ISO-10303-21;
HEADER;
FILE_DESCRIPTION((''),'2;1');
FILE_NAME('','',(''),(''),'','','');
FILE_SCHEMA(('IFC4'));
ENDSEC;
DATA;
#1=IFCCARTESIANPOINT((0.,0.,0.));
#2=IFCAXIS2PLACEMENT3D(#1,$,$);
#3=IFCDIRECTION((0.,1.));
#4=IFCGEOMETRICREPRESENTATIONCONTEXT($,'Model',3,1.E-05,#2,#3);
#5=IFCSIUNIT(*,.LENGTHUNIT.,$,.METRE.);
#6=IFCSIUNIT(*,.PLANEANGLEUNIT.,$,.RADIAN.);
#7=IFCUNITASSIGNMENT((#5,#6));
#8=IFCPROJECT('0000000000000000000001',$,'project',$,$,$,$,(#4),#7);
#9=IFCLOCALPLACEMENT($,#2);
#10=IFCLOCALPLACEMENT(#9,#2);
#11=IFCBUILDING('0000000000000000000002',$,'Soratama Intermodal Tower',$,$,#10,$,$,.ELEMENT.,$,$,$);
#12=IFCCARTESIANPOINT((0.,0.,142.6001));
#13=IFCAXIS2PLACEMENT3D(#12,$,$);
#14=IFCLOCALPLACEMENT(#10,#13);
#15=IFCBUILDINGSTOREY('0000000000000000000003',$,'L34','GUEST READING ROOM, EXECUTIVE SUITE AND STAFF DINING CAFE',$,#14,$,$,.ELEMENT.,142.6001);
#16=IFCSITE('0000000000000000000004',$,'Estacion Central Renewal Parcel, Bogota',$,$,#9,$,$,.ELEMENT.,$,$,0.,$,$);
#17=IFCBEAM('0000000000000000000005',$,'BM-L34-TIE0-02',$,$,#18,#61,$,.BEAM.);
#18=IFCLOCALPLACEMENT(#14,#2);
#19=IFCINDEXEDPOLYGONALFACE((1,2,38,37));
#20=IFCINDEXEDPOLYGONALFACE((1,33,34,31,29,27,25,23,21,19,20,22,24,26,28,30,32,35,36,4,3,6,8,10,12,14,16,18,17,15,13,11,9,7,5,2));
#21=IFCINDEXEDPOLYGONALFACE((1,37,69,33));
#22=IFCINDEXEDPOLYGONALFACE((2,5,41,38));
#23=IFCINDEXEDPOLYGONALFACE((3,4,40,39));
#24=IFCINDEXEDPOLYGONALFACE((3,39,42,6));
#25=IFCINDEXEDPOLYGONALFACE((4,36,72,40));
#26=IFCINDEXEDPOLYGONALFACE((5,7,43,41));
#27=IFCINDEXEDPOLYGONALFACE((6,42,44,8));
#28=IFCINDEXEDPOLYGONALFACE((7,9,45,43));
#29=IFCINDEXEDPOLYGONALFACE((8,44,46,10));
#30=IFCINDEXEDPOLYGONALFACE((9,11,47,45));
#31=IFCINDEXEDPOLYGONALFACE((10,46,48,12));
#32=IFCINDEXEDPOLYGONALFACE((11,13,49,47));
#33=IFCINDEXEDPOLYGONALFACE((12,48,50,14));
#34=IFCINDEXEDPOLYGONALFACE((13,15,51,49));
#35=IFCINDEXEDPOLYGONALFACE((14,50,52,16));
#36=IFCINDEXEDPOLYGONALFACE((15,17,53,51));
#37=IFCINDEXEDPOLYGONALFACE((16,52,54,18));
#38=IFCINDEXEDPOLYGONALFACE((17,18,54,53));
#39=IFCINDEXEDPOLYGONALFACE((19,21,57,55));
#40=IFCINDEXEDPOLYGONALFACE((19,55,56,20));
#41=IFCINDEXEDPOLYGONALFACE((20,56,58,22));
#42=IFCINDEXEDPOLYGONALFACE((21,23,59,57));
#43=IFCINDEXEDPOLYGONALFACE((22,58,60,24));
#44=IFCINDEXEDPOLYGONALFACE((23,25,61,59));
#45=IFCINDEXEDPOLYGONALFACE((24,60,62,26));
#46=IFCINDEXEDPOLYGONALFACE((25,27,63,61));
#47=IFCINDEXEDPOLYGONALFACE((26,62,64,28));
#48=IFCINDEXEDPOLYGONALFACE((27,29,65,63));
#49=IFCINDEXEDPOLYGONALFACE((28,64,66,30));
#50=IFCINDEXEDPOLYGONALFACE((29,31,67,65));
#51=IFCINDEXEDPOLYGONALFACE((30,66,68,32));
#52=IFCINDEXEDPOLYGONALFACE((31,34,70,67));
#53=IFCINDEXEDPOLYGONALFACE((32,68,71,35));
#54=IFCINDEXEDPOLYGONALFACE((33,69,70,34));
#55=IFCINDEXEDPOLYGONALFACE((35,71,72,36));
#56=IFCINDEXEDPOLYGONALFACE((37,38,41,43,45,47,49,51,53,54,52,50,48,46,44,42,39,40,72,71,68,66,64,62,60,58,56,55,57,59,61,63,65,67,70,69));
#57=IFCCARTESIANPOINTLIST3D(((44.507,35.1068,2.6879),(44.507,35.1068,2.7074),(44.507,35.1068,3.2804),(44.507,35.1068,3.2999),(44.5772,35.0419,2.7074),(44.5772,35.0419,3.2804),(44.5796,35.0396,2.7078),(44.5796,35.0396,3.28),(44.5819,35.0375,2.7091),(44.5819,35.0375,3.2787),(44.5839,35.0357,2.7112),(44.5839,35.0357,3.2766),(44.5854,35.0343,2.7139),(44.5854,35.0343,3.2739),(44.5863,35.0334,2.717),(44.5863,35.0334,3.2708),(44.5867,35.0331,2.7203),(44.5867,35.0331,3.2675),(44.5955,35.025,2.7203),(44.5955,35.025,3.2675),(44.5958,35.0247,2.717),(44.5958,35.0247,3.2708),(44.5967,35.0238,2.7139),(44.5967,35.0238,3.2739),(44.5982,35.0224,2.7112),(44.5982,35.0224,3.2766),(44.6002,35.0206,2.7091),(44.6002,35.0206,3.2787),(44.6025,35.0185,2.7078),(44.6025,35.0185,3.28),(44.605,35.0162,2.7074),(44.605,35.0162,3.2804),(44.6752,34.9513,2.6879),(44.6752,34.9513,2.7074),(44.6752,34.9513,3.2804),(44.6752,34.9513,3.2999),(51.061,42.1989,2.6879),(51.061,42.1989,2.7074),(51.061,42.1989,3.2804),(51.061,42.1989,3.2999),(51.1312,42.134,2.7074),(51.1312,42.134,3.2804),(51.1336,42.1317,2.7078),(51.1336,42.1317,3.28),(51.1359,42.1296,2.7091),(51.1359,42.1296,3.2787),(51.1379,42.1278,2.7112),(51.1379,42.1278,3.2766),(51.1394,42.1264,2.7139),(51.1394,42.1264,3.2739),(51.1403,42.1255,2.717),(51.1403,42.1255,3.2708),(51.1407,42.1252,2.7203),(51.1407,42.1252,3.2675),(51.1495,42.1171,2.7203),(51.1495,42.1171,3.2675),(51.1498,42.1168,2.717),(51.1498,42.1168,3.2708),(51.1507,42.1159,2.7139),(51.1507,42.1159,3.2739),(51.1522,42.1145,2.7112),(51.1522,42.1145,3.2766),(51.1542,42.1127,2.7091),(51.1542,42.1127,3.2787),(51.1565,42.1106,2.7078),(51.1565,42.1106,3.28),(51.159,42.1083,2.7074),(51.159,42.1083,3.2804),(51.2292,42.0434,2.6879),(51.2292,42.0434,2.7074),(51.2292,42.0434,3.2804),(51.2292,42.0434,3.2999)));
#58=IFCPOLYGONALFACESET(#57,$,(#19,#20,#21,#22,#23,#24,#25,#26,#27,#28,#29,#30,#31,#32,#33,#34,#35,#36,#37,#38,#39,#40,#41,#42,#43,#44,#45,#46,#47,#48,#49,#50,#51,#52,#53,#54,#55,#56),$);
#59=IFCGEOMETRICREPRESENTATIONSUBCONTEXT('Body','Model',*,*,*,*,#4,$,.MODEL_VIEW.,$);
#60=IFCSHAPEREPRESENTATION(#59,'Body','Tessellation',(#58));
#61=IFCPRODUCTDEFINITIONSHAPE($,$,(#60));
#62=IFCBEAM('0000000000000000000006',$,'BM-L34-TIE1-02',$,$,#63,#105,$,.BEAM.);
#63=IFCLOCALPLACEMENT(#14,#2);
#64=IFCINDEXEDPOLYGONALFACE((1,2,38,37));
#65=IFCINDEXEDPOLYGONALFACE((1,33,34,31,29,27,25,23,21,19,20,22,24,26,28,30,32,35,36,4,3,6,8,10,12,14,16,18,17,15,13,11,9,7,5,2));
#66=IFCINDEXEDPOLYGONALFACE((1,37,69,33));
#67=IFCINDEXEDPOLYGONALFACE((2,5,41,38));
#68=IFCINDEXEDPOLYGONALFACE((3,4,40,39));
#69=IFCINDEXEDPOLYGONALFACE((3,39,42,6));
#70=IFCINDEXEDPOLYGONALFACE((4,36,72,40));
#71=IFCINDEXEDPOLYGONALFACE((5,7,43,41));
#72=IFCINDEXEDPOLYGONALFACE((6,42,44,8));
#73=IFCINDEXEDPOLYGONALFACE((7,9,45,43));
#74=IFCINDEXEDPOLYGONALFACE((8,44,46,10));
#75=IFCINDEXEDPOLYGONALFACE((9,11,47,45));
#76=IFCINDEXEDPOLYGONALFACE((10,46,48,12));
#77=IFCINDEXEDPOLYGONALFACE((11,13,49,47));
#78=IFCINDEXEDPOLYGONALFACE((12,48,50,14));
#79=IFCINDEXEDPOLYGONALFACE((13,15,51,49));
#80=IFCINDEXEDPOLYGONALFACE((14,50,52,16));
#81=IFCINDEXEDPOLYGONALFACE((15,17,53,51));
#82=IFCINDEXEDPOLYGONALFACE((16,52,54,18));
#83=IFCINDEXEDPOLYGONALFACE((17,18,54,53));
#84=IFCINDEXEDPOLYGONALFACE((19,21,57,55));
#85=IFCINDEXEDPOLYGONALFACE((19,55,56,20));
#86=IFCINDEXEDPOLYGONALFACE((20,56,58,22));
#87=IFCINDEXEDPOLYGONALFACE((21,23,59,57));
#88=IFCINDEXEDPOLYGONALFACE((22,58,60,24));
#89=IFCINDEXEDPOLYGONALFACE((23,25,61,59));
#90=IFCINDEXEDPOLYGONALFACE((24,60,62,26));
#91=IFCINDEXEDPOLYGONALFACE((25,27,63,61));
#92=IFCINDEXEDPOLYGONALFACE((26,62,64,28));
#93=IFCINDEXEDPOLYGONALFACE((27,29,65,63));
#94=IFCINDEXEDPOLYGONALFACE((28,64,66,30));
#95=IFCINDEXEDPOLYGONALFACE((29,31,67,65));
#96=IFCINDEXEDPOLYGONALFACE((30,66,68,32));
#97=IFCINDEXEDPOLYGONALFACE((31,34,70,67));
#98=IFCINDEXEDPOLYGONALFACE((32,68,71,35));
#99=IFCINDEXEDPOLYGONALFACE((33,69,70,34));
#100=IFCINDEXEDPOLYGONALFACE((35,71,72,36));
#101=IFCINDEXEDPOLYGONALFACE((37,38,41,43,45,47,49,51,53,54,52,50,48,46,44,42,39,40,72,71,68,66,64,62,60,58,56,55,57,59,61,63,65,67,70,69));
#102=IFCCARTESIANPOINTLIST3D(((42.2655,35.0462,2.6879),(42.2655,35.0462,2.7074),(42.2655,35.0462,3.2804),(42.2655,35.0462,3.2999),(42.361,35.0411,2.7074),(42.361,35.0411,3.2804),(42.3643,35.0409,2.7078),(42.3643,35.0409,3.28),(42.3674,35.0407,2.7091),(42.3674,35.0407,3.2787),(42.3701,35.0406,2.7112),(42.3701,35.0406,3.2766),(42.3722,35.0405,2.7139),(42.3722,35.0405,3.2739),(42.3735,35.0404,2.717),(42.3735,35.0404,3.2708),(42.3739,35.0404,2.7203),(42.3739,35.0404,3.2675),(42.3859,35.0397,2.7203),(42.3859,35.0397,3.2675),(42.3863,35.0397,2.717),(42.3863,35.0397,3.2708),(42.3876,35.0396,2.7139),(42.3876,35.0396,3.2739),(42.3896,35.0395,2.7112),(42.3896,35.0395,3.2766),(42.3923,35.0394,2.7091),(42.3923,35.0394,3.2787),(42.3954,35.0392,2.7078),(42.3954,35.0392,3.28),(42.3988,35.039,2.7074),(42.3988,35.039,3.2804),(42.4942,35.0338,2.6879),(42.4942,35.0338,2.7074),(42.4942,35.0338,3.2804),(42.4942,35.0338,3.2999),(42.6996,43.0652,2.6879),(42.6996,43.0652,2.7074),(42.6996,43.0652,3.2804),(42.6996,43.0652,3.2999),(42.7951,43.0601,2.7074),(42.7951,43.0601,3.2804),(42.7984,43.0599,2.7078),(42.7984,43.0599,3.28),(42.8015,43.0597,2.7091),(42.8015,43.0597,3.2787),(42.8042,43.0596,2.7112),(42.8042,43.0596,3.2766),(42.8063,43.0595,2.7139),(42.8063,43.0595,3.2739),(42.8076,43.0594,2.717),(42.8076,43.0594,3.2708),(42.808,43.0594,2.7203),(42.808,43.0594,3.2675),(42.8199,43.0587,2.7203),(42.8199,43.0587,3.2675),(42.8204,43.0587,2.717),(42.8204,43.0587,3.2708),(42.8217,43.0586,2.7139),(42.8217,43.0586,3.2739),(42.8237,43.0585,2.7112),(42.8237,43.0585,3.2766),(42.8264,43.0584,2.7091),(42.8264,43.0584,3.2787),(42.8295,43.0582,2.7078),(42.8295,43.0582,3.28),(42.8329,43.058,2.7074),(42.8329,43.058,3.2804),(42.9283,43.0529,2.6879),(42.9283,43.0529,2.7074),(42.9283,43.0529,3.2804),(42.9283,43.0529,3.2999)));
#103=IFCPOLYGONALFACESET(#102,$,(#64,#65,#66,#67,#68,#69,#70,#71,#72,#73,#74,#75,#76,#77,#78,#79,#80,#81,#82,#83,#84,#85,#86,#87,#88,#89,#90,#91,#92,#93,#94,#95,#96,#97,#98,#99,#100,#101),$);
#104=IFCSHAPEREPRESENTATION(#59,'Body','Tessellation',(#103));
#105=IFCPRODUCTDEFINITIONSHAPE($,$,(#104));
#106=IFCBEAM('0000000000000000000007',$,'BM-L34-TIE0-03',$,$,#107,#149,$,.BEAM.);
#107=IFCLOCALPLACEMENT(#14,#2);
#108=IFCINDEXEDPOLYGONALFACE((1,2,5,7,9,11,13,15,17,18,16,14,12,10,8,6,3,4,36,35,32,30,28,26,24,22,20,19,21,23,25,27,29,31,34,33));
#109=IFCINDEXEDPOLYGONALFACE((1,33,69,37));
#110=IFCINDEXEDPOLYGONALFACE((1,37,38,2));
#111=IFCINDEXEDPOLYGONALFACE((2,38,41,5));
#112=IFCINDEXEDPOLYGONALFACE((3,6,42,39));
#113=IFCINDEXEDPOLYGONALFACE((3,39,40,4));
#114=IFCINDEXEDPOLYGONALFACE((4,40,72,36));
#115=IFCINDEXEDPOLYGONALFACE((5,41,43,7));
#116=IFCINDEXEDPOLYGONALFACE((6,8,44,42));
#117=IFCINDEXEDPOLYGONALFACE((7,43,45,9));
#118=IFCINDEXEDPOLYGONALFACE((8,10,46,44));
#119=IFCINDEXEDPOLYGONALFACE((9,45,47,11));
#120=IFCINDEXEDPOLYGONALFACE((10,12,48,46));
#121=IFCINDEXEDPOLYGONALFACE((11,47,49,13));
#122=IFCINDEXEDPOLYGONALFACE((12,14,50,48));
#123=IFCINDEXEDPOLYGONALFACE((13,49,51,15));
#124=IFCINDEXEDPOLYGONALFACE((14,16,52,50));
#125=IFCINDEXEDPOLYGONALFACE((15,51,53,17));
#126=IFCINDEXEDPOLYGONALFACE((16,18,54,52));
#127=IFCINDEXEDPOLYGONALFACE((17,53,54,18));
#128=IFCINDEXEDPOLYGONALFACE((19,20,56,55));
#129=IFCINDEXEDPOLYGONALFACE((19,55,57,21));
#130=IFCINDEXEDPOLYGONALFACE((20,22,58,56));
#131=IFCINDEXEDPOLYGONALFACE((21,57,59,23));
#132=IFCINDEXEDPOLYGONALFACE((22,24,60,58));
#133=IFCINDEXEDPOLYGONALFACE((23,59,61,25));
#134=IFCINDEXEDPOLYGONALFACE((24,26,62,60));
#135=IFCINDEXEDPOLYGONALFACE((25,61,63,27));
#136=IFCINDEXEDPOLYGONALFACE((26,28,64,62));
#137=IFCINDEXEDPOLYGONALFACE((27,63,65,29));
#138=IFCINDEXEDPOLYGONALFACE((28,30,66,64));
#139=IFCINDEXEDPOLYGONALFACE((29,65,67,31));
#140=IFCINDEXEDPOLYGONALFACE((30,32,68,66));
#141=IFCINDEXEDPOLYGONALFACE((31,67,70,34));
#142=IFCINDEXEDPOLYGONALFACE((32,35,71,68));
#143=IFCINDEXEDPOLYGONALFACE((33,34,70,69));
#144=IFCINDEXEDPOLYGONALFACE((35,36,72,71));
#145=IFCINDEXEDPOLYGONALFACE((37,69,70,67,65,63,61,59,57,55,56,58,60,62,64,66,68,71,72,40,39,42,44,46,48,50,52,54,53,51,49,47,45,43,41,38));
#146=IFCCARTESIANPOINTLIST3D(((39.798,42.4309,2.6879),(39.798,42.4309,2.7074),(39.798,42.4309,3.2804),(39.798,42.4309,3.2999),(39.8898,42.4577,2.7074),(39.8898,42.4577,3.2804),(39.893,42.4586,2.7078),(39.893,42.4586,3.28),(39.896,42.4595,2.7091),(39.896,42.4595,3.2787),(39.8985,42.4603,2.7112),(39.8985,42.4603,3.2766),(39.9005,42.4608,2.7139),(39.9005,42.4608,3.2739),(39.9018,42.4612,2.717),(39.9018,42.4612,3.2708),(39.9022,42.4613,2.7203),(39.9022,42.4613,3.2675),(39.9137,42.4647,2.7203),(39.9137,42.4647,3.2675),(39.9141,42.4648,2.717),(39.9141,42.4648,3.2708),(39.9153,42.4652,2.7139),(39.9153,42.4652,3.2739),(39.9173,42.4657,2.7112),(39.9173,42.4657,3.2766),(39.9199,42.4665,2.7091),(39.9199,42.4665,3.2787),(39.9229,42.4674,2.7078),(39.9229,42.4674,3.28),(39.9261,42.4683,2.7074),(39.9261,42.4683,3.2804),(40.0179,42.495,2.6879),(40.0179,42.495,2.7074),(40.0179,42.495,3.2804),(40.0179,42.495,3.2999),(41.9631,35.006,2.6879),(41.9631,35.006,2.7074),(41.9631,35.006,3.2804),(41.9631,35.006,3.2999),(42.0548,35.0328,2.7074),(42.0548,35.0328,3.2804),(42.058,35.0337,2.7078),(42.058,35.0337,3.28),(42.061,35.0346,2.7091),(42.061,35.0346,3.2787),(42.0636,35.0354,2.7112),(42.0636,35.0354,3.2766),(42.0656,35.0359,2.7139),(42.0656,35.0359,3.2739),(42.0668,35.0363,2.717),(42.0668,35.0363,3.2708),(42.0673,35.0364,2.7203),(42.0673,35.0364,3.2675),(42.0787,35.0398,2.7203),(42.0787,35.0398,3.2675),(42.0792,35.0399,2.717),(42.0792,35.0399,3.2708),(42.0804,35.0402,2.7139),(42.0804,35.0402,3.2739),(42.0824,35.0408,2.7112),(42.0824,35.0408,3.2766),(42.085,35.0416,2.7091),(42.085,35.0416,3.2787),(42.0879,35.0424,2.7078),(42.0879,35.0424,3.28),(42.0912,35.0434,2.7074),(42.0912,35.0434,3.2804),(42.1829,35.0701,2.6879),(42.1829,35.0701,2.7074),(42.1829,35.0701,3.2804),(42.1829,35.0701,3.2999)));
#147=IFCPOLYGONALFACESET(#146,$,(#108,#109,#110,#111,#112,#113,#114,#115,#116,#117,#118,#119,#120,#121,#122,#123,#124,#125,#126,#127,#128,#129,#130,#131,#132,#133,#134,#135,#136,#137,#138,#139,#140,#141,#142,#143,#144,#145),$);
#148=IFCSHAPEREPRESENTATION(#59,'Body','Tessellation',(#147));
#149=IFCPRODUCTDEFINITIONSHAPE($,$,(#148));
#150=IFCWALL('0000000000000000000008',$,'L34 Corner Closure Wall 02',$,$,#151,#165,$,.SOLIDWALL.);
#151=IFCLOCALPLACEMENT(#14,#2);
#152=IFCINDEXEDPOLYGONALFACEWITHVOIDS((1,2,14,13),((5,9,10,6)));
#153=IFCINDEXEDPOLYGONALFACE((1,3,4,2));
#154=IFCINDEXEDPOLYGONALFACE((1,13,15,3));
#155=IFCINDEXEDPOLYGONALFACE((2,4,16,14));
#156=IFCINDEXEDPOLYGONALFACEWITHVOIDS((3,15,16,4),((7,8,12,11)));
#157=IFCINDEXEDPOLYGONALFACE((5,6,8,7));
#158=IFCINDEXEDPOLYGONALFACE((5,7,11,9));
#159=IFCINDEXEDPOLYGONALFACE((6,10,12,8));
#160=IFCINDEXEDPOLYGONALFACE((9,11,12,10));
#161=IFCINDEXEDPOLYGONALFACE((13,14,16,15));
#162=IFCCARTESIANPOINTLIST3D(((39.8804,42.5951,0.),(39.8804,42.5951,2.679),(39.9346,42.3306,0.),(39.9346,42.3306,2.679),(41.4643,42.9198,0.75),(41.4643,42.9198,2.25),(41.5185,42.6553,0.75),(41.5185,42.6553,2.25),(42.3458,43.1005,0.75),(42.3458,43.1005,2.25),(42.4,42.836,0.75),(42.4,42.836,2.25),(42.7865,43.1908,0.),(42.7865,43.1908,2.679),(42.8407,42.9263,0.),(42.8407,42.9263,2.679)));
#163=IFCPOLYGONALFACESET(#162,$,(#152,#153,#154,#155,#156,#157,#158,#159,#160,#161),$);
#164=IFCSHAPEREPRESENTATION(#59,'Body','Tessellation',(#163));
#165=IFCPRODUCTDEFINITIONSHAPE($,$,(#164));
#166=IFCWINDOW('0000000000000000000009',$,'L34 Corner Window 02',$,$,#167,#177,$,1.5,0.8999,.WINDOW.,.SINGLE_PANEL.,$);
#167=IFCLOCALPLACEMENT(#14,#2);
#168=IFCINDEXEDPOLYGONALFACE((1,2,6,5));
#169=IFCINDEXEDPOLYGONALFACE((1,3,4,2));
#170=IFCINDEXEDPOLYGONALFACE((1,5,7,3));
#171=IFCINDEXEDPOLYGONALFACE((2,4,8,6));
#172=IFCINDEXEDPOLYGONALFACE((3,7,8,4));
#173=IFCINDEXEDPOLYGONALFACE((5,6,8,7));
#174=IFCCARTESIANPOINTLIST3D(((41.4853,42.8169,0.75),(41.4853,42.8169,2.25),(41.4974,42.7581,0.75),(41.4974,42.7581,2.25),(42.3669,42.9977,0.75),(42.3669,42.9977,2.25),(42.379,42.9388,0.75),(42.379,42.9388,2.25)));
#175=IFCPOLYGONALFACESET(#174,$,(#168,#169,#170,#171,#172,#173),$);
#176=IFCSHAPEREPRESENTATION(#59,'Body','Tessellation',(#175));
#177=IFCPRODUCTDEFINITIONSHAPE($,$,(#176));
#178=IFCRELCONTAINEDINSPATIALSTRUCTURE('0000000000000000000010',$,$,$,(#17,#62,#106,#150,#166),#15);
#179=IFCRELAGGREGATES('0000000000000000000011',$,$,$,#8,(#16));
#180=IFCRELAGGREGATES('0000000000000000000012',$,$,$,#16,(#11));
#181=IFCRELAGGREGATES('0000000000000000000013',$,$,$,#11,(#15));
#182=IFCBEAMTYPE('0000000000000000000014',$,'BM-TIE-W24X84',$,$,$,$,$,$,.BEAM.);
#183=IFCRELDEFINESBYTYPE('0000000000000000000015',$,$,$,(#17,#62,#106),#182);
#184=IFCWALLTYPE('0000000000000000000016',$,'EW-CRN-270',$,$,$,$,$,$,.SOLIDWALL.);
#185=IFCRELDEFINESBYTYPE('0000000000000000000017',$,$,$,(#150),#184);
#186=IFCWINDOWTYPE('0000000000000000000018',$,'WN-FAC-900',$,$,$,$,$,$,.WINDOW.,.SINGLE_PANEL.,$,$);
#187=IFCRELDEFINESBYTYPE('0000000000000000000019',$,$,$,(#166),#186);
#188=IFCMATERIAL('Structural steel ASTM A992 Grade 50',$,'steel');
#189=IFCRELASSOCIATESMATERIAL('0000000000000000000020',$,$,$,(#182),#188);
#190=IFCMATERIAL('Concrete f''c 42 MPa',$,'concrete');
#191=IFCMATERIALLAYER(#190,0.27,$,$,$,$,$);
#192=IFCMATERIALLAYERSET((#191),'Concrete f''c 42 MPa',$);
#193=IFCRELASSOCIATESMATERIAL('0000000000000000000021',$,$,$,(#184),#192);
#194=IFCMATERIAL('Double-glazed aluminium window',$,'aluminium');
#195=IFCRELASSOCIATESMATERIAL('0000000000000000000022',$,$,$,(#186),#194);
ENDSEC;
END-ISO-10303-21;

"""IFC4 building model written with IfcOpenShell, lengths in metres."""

from ifc_helpers import new_model, si_unit, direction, frame, frame_2d, origin, origin_2d, place, context, subcontext, project, spatial, rectangle, i_section, extrude, material, layer, layer_set, material_profile, profile_set, type_object, element, fill, save


model = new_model("IFC4")

# Units and contexts
model_context = context("Model", 3, precision=1e-05, world=origin(), true_north=direction((0.0, 1.0)))
body_context = subcontext(model_context, "Body", "Model", "MODEL_VIEW")
ifc_project = project(units=[si_unit("LENGTHUNIT", "METRE"), si_unit("PLANEANGLEUNIT", "RADIAN")], contexts=[model_context])

# Site, building, storey
site_placement = place(None, origin())
site = spatial("IfcSite", under=ifc_project, at=site_placement, Name="Estacion Central Renewal Parcel, Bogota", CompositionType="ELEMENT", RefElevation=0.0)
building_placement = place(site_placement, origin())
building = spatial("IfcBuilding", under=site, at=building_placement, Name="Soratama Intermodal Tower", CompositionType="ELEMENT")
storey_placement = place(building_placement, frame((0.0, 0.0, 142.6001)))
storey = spatial("IfcBuildingStorey", under=building, at=storey_placement, Name="L34", Description="GUEST READING ROOM, EXECUTIVE SUITE AND STAFF DINING CAFE", CompositionType="ELEMENT", Elevation=142.6001)

# Beams
ifc_material_1 = material(Name="Structural steel ASTM A992 Grade 50", Category="steel")
ifc_material_profile_1 = material_profile(ifc_material_1, i_section(OverallWidth=0.229, OverallDepth=0.6121, WebThickness=0.012, FlangeThickness=0.0195, FilletRadius=0.0129, at=origin_2d()), Name="W24X84")
ifc_profile_set_1 = profile_set([ifc_material_profile_1], Name="Structural steel ASTM A992 Grade 50")
beam_type_1 = type_object("IfcBeamType", Name="BM-TIE-W24X84", PredefinedType="BEAM", material=ifc_profile_set_1)
beam_1_placement = place(storey_placement, frame((44.5911, 35.0291, 2.9939), z_axis=(0.678697, 0.734419, 0.0), x_axis=(-0.734419, 0.678697, 0.0)))
element("IfcBeam", 1, at=beam_1_placement, inside=storey, type_object=beam_type_1, Name="BM-L34-TIE0-02", PredefinedType="BEAM", context=body_context, shape_type="SweptSolid", body=[
    extrude(i_section(OverallWidth=0.229, OverallDepth=0.6121, WebThickness=0.012, FlangeThickness=0.0195, FilletRadius=0.0129, at=origin_2d()), origin(), (0.0, 0.0, 1.0), 9.6567),
])
beam_2_placement = place(storey_placement, frame((42.3799, 35.04, 2.9939), z_axis=(0.054052, 0.998538, 0.0), x_axis=(-0.998538, 0.054052, 0.0)))
element("IfcBeam", 2, at=beam_2_placement, inside=storey, type_object=beam_type_1, Name="BM-L34-TIE1-02", PredefinedType="BEAM", context=body_context, shape_type="SweptSolid", body=[
    extrude(i_section(OverallWidth=0.229, OverallDepth=0.6121, WebThickness=0.012, FlangeThickness=0.0195, FilletRadius=0.0129, at=origin_2d()), origin(), (0.0, 0.0, 1.0), 8.0308),
])
beam_3_placement = place(storey_placement, frame((42.073, 35.0381, 2.9939), z_axis=(-0.279937, 0.960018, 0.0), x_axis=(-0.960018, -0.279937, 0.0)))
element("IfcBeam", 3, at=beam_3_placement, inside=storey, type_object=beam_type_1, Name="BM-L34-TIE0-03", PredefinedType="BEAM", context=body_context, shape_type="SweptSolid", body=[
    extrude(i_section(OverallWidth=0.229, OverallDepth=0.6121, WebThickness=0.012, FlangeThickness=0.0195, FilletRadius=0.0129, at=origin_2d()), origin(), (0.0, 0.0, 1.0), 7.7341),
])

# Wall, opening, window
ifc_material_2 = material(Name="Concrete f'c 42 MPa", Category="concrete")
ifc_layer_1 = layer(ifc_material_2, 0.27)
ifc_layer_set_1 = layer_set([ifc_layer_1], Name="Concrete f'c 42 MPa")
wall_type_1 = type_object("IfcWallType", Name="EW-CRN-270", PredefinedType="SOLIDWALL", material=ifc_layer_set_1)
wall_1_placement = place(storey_placement, frame((42.8137, 43.0586, 0.0), z_axis=(0.0, 0.0, 1.0), x_axis=(-0.979629, -0.200815, 0.0)))
wall_1 = element("IfcWall", 4, at=wall_1_placement, inside=storey, type_object=wall_type_1, Name="L34 Corner Closure Wall 02", PredefinedType="SOLIDWALL", context=body_context, shape_type="SweptSolid", body=[
    extrude(rectangle(XDim=2.9666, YDim=0.27, at=frame_2d((1.4834, 0.0))), origin(), (0.0, 0.0, 1.0), 2.679),
])
opening_1_placement = place(wall_1_placement, frame((0.45, 0.0, 0.75)))
opening_1 = element("IfcOpeningElement", 5, at=opening_1_placement, cuts=wall_1, PredefinedType="OPENING", context=body_context, shape_type="SweptSolid", body=[
    extrude(rectangle(XDim=0.8999, YDim=1.5, at=frame_2d((0.45, 0.75))), frame((0.0, 0.145, 0.0), z_axis=(0.0, -1.0, 0.0), x_axis=(1.0, 0.0, 0.0)), (0.0, 0.0, 1.0), 0.29),
])
ifc_material_3 = material(Name="Double-glazed aluminium window", Category="aluminium")
window_type = type_object("IfcWindowType", Name="WN-FAC-900", PartitioningType="SINGLE_PANEL", PredefinedType="WINDOW", material=ifc_material_3)
window_placement = place(opening_1_placement, origin())
window = element("IfcWindow", 6, at=window_placement, inside=storey, type_object=window_type, Name="L34 Corner Window 02", OverallHeight=1.5, OverallWidth=0.8999, PartitioningType="SINGLE_PANEL", PredefinedType="WINDOW", context=body_context, shape_type="SweptSolid", body=[
    extrude(rectangle(XDim=0.8999, YDim=1.5, at=frame_2d((0.45, 0.75))), frame((0.0, 0.03, 0.0), z_axis=(0.0, -1.0, 0.0), x_axis=(1.0, 0.0, 0.0)), (0.0, 0.0, 1.0), 0.0601),
])
fill(opening_1, window)

save(model, "model.ifc")
